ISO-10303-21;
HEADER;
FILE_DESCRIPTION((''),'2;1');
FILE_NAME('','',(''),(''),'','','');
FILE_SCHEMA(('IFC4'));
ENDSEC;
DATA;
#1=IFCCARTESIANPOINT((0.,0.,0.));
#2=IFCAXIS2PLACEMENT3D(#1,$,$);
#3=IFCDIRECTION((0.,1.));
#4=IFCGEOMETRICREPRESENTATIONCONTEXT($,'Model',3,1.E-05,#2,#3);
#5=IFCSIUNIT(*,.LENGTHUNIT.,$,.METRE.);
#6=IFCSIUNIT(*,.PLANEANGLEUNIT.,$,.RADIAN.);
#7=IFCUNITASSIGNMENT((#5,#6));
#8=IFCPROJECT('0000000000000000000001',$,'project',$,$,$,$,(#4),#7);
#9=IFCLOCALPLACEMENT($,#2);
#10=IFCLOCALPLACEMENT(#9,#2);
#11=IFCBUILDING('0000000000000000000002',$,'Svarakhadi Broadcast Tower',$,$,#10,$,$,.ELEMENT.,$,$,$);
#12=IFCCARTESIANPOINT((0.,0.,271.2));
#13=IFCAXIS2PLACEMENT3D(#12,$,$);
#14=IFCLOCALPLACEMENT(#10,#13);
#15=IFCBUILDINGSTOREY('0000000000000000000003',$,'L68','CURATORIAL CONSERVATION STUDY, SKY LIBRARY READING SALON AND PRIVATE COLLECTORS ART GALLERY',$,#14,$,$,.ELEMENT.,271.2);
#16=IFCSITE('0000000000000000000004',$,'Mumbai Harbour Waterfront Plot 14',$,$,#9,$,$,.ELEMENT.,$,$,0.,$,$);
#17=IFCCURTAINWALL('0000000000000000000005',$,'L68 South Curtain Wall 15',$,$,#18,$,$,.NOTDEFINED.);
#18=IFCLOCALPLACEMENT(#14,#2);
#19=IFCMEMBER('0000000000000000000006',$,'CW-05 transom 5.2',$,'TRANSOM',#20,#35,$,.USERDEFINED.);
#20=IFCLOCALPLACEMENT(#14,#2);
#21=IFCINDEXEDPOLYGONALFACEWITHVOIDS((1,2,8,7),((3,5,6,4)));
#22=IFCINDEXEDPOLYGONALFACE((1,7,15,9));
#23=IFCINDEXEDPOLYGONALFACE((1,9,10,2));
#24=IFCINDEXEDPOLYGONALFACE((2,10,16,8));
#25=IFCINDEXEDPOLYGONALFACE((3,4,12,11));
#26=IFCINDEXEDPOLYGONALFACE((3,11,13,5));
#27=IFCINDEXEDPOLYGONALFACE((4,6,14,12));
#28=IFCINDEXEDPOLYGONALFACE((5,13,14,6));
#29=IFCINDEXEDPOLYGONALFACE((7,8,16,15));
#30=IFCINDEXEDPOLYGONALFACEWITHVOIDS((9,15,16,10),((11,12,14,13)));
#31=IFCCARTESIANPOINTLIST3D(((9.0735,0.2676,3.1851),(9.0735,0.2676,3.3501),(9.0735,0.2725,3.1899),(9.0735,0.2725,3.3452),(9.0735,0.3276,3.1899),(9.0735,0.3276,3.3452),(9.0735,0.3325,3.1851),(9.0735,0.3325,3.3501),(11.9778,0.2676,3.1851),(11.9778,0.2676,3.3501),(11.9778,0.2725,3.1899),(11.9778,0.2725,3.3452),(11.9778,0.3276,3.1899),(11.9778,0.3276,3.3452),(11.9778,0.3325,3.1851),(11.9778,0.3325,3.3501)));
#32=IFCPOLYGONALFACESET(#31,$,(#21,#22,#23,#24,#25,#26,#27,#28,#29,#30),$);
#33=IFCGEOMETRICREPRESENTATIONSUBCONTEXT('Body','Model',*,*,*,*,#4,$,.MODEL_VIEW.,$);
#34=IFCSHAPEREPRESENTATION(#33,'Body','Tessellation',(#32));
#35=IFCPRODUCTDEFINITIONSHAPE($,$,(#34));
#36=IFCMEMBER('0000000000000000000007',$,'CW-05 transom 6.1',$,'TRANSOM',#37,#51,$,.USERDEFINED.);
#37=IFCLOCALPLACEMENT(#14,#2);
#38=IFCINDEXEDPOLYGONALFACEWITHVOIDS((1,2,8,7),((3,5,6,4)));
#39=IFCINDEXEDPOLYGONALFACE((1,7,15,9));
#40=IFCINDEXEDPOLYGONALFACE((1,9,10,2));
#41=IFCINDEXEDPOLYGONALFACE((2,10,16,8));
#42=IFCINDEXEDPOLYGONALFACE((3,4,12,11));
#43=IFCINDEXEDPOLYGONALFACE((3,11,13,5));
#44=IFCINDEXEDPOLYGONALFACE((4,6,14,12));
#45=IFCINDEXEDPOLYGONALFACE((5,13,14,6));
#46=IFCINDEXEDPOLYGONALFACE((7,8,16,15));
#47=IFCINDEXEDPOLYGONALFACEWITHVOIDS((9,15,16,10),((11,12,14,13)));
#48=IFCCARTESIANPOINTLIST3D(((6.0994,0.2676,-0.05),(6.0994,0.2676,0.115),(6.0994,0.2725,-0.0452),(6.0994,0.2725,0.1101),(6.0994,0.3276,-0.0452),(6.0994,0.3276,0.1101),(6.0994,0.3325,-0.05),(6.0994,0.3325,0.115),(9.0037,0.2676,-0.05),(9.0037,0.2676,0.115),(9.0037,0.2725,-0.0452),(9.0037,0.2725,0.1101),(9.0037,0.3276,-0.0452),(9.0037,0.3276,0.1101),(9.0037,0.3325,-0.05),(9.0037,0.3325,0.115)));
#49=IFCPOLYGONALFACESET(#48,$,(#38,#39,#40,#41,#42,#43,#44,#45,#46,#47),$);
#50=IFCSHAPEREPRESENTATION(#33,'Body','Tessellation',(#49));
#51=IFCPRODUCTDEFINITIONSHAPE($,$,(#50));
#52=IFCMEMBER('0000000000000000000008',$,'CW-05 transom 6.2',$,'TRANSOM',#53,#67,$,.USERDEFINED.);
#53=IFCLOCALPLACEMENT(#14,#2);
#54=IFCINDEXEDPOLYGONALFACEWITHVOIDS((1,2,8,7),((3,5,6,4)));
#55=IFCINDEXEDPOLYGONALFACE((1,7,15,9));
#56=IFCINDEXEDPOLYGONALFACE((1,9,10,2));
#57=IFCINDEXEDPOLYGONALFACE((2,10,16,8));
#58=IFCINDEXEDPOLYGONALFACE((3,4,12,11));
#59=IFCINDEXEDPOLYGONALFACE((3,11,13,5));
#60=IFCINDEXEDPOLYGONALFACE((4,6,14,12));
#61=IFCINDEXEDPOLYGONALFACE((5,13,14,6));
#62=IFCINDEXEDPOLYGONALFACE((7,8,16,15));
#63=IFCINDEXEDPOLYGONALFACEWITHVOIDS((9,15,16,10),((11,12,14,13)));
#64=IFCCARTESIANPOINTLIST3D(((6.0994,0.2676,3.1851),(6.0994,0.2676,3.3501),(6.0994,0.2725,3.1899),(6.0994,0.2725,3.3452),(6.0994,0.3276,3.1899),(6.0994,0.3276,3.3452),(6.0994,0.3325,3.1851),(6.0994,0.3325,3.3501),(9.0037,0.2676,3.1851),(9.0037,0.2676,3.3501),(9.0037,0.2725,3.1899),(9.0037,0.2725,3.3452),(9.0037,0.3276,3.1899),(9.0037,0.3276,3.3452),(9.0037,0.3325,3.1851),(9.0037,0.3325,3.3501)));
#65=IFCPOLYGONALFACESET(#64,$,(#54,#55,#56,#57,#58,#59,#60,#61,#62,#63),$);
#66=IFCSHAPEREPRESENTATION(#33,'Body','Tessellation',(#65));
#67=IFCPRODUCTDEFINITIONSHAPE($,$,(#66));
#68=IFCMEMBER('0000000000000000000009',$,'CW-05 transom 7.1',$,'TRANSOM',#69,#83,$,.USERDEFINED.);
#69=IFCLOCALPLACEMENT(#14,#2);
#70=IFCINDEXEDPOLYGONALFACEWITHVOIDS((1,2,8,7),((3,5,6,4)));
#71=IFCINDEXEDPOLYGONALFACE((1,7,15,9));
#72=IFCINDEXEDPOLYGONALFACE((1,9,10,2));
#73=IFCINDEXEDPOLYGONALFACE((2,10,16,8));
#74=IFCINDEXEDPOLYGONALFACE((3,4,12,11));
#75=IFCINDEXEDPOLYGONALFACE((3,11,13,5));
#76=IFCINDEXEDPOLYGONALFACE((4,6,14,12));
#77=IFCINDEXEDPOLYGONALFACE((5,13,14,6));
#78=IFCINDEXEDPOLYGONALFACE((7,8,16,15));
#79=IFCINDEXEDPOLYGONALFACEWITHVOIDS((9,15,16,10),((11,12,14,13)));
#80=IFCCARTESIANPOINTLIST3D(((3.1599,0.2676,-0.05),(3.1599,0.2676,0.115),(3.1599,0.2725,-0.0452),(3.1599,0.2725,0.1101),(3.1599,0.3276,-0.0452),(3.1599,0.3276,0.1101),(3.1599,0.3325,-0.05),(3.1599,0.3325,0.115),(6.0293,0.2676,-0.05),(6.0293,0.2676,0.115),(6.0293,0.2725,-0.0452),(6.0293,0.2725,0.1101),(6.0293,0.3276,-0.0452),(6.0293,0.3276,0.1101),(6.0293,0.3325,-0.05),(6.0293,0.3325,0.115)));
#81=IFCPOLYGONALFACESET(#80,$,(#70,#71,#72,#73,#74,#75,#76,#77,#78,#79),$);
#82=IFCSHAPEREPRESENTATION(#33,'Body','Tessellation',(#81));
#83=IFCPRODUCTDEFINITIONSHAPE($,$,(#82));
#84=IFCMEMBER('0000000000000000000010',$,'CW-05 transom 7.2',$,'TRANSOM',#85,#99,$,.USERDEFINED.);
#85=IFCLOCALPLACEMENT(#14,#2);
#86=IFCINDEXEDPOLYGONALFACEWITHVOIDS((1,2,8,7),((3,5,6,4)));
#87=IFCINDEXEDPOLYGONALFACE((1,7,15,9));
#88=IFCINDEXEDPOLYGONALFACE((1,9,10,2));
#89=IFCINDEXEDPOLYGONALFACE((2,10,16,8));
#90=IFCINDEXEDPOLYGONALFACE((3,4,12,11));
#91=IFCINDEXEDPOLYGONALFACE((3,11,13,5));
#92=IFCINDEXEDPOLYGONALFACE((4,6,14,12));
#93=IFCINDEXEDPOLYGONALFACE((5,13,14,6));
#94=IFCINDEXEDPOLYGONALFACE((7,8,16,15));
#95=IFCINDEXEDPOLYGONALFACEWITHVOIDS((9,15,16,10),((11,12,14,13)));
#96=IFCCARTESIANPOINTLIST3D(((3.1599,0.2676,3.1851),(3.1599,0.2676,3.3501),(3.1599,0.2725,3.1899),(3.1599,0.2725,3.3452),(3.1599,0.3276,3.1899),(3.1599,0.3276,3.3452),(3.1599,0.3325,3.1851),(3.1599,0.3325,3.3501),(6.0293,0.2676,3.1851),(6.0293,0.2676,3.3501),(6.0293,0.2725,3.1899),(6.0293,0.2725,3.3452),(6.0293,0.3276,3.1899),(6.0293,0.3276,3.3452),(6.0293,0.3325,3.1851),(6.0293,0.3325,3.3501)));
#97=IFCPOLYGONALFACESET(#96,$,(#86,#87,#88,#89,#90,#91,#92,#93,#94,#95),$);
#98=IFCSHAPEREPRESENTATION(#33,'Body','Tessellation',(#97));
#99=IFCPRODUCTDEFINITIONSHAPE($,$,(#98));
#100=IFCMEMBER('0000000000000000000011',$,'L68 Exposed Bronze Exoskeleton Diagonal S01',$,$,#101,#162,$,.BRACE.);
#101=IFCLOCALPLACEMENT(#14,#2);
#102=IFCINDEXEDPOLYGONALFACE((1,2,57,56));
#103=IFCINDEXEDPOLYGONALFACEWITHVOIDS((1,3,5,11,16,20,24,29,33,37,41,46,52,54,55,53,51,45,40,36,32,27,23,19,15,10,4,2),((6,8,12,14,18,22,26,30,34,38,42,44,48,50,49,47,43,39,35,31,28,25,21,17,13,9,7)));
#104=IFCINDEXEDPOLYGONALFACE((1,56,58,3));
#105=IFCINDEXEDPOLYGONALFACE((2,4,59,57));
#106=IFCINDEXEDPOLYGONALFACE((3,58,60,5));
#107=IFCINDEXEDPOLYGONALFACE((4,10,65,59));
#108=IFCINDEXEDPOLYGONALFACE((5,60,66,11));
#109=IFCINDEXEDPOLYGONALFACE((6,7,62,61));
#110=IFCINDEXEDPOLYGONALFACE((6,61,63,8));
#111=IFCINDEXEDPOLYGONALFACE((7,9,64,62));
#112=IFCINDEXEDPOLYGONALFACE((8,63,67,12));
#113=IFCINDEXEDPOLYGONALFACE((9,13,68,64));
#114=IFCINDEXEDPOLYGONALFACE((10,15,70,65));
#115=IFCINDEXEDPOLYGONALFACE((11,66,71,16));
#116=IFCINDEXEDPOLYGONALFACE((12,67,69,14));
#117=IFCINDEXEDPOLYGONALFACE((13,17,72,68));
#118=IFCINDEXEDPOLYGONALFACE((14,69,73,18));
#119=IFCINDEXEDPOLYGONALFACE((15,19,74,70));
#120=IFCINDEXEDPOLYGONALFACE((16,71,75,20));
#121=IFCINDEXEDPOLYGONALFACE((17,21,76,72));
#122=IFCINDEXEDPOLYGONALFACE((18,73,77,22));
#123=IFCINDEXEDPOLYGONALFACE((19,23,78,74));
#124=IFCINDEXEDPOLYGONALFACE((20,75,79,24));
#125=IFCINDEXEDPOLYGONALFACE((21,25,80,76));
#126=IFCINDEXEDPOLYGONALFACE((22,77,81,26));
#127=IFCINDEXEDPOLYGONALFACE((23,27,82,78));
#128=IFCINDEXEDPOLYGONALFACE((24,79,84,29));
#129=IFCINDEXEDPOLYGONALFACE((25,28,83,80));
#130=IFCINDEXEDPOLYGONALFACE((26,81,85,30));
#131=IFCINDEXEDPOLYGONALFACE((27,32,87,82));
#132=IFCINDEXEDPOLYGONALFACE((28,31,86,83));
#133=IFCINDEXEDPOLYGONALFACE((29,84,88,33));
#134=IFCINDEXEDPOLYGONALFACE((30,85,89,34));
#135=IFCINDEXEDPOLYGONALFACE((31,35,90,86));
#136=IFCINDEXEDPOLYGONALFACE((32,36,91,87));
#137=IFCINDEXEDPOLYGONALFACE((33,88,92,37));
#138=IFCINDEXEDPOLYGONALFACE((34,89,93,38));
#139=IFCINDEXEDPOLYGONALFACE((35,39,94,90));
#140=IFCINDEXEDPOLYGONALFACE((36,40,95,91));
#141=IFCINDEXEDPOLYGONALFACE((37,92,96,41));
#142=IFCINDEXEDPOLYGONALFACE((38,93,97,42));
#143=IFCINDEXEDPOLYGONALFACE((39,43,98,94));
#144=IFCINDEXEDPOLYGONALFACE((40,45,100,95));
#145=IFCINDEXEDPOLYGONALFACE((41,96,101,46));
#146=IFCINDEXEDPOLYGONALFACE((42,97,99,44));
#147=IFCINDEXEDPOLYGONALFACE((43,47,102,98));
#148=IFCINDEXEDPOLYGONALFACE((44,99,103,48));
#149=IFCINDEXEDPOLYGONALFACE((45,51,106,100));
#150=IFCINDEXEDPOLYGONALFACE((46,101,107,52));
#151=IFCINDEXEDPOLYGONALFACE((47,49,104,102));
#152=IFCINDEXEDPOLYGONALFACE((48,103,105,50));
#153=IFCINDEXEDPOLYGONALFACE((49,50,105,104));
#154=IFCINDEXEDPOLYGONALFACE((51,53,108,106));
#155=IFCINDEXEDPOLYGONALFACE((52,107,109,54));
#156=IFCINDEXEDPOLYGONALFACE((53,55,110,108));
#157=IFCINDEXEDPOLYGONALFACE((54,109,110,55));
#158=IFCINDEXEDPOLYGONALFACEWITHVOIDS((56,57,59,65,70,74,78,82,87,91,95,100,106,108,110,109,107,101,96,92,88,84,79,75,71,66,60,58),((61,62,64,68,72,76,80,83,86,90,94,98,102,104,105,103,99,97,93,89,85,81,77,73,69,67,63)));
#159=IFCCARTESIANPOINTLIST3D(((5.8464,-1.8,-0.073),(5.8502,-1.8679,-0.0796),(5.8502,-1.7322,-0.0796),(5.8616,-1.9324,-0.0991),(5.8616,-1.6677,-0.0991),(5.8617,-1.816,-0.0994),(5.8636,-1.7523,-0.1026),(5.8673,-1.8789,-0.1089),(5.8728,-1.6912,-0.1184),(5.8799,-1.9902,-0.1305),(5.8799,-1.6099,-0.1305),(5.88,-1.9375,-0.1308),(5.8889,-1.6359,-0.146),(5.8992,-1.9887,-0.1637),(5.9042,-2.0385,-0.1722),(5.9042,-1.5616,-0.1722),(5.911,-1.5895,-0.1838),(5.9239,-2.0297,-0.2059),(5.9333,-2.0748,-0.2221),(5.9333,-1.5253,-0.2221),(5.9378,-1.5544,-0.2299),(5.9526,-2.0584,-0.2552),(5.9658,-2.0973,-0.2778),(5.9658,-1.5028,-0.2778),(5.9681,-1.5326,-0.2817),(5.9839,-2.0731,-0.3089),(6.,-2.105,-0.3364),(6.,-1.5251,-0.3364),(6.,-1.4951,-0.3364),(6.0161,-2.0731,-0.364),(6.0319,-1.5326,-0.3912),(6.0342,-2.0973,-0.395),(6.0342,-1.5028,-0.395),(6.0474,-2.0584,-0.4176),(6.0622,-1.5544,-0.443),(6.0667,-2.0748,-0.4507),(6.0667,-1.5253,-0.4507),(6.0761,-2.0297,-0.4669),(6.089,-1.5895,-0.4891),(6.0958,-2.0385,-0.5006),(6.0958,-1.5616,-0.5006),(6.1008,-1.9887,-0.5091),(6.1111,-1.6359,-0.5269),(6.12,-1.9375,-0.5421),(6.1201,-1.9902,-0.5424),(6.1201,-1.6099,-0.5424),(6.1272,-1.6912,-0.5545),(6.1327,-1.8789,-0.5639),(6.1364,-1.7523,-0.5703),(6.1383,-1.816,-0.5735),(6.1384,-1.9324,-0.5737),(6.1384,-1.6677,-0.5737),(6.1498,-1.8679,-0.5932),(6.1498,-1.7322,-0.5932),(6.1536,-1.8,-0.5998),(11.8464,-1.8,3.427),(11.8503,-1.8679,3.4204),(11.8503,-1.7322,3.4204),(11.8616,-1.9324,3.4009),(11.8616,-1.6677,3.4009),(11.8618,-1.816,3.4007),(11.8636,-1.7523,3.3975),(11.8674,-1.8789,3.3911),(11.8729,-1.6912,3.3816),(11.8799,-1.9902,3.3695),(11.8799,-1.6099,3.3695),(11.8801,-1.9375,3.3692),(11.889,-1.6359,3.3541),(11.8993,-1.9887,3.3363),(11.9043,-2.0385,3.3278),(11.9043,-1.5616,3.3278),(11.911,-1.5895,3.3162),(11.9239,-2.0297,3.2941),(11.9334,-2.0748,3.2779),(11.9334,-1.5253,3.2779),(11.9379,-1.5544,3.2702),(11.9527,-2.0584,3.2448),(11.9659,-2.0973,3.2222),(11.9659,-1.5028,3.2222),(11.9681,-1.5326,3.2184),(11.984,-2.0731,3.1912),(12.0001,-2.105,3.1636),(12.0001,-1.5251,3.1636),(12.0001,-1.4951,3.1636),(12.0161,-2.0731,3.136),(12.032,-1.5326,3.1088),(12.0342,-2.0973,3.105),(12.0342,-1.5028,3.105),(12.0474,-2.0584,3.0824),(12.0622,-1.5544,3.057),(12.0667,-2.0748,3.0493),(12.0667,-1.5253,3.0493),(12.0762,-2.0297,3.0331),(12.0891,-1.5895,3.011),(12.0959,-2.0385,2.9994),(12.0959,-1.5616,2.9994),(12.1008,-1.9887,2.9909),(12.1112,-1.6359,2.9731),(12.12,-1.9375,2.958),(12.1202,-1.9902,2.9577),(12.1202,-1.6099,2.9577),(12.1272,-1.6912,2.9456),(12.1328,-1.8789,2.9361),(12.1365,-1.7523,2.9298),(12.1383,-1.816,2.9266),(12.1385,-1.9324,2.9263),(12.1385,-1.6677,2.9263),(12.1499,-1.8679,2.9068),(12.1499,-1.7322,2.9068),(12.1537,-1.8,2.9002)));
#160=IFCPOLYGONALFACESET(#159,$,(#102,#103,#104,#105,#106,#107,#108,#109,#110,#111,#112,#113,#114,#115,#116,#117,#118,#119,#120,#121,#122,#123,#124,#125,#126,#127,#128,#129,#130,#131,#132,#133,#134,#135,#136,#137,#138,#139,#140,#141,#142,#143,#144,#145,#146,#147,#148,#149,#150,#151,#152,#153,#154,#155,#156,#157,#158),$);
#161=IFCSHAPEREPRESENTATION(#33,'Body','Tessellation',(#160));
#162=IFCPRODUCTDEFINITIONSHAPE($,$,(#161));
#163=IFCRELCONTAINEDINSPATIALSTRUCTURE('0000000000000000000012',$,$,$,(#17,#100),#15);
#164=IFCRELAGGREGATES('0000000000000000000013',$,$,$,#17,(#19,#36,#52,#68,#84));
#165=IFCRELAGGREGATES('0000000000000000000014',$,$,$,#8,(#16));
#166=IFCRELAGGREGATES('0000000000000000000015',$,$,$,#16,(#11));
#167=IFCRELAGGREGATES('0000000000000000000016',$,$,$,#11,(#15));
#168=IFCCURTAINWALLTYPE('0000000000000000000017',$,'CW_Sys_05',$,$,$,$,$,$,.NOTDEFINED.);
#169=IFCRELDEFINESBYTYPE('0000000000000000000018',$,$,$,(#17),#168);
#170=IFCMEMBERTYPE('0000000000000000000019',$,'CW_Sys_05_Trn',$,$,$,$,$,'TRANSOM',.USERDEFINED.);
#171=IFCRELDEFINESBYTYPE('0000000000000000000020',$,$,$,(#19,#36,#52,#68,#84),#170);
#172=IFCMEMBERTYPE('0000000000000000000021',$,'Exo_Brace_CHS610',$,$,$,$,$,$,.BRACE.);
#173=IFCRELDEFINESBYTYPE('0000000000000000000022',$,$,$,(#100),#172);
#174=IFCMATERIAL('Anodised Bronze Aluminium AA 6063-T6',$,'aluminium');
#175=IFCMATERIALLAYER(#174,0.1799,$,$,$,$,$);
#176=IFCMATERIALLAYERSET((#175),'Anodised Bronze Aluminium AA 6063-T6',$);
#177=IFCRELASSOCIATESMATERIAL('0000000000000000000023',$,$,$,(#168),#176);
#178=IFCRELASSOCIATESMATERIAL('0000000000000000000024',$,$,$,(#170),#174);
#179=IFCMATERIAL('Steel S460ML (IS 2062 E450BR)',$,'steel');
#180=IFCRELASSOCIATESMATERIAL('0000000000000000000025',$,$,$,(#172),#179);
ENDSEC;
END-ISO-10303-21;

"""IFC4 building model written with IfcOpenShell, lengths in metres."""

from ifc_helpers import new_model, si_unit, direction, frame, origin, origin_2d, place, context, subcontext, project, spatial, hollow_rectangle, hollow_circle, extrude, material, layer, layer_set, material_profile, profile_set, type_object, element, aggregate, save


model = new_model("IFC4")

# Units and contexts
model_context = context("Model", 3, precision=1e-05, world=origin(), true_north=direction((0.0, 1.0)))
body_context = subcontext(model_context, "Body", "Model", "MODEL_VIEW")
ifc_project = project(units=[si_unit("LENGTHUNIT", "METRE"), si_unit("PLANEANGLEUNIT", "RADIAN")], contexts=[model_context])

# Site, building, storey
site_placement = place(None, origin())
site = spatial("IfcSite", under=ifc_project, at=site_placement, Name="Mumbai Harbour Waterfront Plot 14", CompositionType="ELEMENT", RefElevation=0.0)
building_placement = place(site_placement, origin())
building = spatial("IfcBuilding", under=site, at=building_placement, Name="Svarakhadi Broadcast Tower", CompositionType="ELEMENT")
storey_placement = place(building_placement, frame((0.0, 0.0, 271.2)))
storey = spatial("IfcBuildingStorey", under=building, at=storey_placement, Name="L68", Description="CURATORIAL CONSERVATION STUDY, SKY LIBRARY READING SALON AND PRIVATE COLLECTORS ART GALLERY", CompositionType="ELEMENT", Elevation=271.2)

# Shared definitions
ifc_material_1 = material(Name="Steel S460ML (IS 2062 E450BR)", Category="steel")

# Curtain wall, members
ifc_material_2 = material(Name="Anodised Bronze Aluminium AA 6063-T6", Category="aluminium")
ifc_layer_1 = layer(ifc_material_2, 0.1799)
ifc_layer_set_1 = layer_set([ifc_layer_1], Name="Anodised Bronze Aluminium AA 6063-T6")
curtain_wall_type = type_object("IfcCurtainWallType", Name="CW_Sys_05", PredefinedType="NOTDEFINED", material=ifc_layer_set_1)
curtain_wall_placement = place(storey_placement, origin())
curtain_wall = element("IfcCurtainWall", 1, at=curtain_wall_placement, inside=storey, type_object=curtain_wall_type, Name="L68 South Curtain Wall 15", PredefinedType="NOTDEFINED")
ifc_material_profile_1 = material_profile(ifc_material_2, hollow_rectangle(XDim=0.0649, YDim=0.165, WallThickness=0.0049, at=origin_2d()), Name="ALU TRANSOM 165x65x5")
ifc_profile_set_1 = profile_set([ifc_material_profile_1], Name="Anodised Bronze Aluminium AA 6063-T6")
member_type_1 = type_object("IfcMemberType", Name="CW_Sys_05_Trn", ElementType="TRANSOM", PredefinedType="USERDEFINED", material=ifc_profile_set_1)
member_1_placement = place(storey_placement, frame((11.9778, 0.3, 3.2676), z_axis=(-1.0, 0.0, 0.0), x_axis=(0.0, -1.0, 0.0)))
member_1 = element("IfcMember", 2, at=member_1_placement, type_object=member_type_1, Name="CW-05 transom 5.2", ObjectType="TRANSOM", PredefinedType="USERDEFINED", context=body_context, shape_type="SweptSolid", body=[
    extrude(hollow_rectangle(XDim=0.0649, YDim=0.165, WallThickness=0.0049, at=origin_2d()), origin(), (0.0, 0.0, 1.0), 2.9043),
])
member_2_placement = place(storey_placement, frame((9.0037, 0.3, 0.0325), z_axis=(-1.0, 0.0, 0.0), x_axis=(0.0, -1.0, 0.0)))
member_2 = element("IfcMember", 3, at=member_2_placement, type_object=member_type_1, Name="CW-05 transom 6.1", ObjectType="TRANSOM", PredefinedType="USERDEFINED", context=body_context, shape_type="SweptSolid", body=[
    extrude(hollow_rectangle(XDim=0.0649, YDim=0.165, WallThickness=0.0049, at=origin_2d()), origin(), (0.0, 0.0, 1.0), 2.9043),
])
member_3_placement = place(storey_placement, frame((9.0037, 0.3, 3.2676), z_axis=(-1.0, 0.0, 0.0), x_axis=(0.0, -1.0, 0.0)))
member_3 = element("IfcMember", 4, at=member_3_placement, type_object=member_type_1, Name="CW-05 transom 6.2", ObjectType="TRANSOM", PredefinedType="USERDEFINED", context=body_context, shape_type="SweptSolid", body=[
    extrude(hollow_rectangle(XDim=0.0649, YDim=0.165, WallThickness=0.0049, at=origin_2d()), origin(), (0.0, 0.0, 1.0), 2.9043),
])
member_4_placement = place(storey_placement, frame((6.0293, 0.3, 0.0325), z_axis=(-1.0, 0.0, 0.0), x_axis=(0.0, -1.0, 0.0)))
member_4 = element("IfcMember", 5, at=member_4_placement, type_object=member_type_1, Name="CW-05 transom 7.1", ObjectType="TRANSOM", PredefinedType="USERDEFINED", context=body_context, shape_type="SweptSolid", body=[
    extrude(hollow_rectangle(XDim=0.0649, YDim=0.165, WallThickness=0.0049, at=origin_2d()), origin(), (0.0, 0.0, 1.0), 2.8694),
])
member_5_placement = place(storey_placement, frame((6.0293, 0.3, 3.2676), z_axis=(-1.0, 0.0, 0.0), x_axis=(0.0, -1.0, 0.0)))
member_5 = element("IfcMember", 6, at=member_5_placement, type_object=member_type_1, Name="CW-05 transom 7.2", ObjectType="TRANSOM", PredefinedType="USERDEFINED", context=body_context, shape_type="SweptSolid", body=[
    extrude(hollow_rectangle(XDim=0.0649, YDim=0.165, WallThickness=0.0049, at=origin_2d()), origin(), (0.0, 0.0, 1.0), 2.8694),
])

# Member
ifc_material_profile_2 = material_profile(ifc_material_1, hollow_circle(Radius=0.3049, WallThickness=0.03, at=origin_2d()), Name="CHS 610x30")
ifc_profile_set_2 = profile_set([ifc_material_profile_2], Name="Steel S460ML (IS 2062 E450BR)")
member_type_2 = type_object("IfcMemberType", Name="Exo_Brace_CHS610", PredefinedType="BRACE", material=ifc_profile_set_2)
member_6_placement = place(storey_placement, frame((6.0, -1.8, -0.3364), z_axis=(0.863779, 0.0, 0.503871), x_axis=(0.0, 1.0, 0.0)))
element("IfcMember", 7, at=member_6_placement, inside=storey, type_object=member_type_2, Name="L68 Exposed Bronze Exoskeleton Diagonal S01", PredefinedType="BRACE", context=body_context, shape_type="SweptSolid", body=[
    extrude(hollow_circle(Radius=0.3049, WallThickness=0.03, at=origin_2d()), origin(), (0.0, 0.0, 1.0), 6.9463),
])

aggregate(curtain_wall, [member_1, member_2, member_3, member_4, member_5])

save(model, "model.ifc")
